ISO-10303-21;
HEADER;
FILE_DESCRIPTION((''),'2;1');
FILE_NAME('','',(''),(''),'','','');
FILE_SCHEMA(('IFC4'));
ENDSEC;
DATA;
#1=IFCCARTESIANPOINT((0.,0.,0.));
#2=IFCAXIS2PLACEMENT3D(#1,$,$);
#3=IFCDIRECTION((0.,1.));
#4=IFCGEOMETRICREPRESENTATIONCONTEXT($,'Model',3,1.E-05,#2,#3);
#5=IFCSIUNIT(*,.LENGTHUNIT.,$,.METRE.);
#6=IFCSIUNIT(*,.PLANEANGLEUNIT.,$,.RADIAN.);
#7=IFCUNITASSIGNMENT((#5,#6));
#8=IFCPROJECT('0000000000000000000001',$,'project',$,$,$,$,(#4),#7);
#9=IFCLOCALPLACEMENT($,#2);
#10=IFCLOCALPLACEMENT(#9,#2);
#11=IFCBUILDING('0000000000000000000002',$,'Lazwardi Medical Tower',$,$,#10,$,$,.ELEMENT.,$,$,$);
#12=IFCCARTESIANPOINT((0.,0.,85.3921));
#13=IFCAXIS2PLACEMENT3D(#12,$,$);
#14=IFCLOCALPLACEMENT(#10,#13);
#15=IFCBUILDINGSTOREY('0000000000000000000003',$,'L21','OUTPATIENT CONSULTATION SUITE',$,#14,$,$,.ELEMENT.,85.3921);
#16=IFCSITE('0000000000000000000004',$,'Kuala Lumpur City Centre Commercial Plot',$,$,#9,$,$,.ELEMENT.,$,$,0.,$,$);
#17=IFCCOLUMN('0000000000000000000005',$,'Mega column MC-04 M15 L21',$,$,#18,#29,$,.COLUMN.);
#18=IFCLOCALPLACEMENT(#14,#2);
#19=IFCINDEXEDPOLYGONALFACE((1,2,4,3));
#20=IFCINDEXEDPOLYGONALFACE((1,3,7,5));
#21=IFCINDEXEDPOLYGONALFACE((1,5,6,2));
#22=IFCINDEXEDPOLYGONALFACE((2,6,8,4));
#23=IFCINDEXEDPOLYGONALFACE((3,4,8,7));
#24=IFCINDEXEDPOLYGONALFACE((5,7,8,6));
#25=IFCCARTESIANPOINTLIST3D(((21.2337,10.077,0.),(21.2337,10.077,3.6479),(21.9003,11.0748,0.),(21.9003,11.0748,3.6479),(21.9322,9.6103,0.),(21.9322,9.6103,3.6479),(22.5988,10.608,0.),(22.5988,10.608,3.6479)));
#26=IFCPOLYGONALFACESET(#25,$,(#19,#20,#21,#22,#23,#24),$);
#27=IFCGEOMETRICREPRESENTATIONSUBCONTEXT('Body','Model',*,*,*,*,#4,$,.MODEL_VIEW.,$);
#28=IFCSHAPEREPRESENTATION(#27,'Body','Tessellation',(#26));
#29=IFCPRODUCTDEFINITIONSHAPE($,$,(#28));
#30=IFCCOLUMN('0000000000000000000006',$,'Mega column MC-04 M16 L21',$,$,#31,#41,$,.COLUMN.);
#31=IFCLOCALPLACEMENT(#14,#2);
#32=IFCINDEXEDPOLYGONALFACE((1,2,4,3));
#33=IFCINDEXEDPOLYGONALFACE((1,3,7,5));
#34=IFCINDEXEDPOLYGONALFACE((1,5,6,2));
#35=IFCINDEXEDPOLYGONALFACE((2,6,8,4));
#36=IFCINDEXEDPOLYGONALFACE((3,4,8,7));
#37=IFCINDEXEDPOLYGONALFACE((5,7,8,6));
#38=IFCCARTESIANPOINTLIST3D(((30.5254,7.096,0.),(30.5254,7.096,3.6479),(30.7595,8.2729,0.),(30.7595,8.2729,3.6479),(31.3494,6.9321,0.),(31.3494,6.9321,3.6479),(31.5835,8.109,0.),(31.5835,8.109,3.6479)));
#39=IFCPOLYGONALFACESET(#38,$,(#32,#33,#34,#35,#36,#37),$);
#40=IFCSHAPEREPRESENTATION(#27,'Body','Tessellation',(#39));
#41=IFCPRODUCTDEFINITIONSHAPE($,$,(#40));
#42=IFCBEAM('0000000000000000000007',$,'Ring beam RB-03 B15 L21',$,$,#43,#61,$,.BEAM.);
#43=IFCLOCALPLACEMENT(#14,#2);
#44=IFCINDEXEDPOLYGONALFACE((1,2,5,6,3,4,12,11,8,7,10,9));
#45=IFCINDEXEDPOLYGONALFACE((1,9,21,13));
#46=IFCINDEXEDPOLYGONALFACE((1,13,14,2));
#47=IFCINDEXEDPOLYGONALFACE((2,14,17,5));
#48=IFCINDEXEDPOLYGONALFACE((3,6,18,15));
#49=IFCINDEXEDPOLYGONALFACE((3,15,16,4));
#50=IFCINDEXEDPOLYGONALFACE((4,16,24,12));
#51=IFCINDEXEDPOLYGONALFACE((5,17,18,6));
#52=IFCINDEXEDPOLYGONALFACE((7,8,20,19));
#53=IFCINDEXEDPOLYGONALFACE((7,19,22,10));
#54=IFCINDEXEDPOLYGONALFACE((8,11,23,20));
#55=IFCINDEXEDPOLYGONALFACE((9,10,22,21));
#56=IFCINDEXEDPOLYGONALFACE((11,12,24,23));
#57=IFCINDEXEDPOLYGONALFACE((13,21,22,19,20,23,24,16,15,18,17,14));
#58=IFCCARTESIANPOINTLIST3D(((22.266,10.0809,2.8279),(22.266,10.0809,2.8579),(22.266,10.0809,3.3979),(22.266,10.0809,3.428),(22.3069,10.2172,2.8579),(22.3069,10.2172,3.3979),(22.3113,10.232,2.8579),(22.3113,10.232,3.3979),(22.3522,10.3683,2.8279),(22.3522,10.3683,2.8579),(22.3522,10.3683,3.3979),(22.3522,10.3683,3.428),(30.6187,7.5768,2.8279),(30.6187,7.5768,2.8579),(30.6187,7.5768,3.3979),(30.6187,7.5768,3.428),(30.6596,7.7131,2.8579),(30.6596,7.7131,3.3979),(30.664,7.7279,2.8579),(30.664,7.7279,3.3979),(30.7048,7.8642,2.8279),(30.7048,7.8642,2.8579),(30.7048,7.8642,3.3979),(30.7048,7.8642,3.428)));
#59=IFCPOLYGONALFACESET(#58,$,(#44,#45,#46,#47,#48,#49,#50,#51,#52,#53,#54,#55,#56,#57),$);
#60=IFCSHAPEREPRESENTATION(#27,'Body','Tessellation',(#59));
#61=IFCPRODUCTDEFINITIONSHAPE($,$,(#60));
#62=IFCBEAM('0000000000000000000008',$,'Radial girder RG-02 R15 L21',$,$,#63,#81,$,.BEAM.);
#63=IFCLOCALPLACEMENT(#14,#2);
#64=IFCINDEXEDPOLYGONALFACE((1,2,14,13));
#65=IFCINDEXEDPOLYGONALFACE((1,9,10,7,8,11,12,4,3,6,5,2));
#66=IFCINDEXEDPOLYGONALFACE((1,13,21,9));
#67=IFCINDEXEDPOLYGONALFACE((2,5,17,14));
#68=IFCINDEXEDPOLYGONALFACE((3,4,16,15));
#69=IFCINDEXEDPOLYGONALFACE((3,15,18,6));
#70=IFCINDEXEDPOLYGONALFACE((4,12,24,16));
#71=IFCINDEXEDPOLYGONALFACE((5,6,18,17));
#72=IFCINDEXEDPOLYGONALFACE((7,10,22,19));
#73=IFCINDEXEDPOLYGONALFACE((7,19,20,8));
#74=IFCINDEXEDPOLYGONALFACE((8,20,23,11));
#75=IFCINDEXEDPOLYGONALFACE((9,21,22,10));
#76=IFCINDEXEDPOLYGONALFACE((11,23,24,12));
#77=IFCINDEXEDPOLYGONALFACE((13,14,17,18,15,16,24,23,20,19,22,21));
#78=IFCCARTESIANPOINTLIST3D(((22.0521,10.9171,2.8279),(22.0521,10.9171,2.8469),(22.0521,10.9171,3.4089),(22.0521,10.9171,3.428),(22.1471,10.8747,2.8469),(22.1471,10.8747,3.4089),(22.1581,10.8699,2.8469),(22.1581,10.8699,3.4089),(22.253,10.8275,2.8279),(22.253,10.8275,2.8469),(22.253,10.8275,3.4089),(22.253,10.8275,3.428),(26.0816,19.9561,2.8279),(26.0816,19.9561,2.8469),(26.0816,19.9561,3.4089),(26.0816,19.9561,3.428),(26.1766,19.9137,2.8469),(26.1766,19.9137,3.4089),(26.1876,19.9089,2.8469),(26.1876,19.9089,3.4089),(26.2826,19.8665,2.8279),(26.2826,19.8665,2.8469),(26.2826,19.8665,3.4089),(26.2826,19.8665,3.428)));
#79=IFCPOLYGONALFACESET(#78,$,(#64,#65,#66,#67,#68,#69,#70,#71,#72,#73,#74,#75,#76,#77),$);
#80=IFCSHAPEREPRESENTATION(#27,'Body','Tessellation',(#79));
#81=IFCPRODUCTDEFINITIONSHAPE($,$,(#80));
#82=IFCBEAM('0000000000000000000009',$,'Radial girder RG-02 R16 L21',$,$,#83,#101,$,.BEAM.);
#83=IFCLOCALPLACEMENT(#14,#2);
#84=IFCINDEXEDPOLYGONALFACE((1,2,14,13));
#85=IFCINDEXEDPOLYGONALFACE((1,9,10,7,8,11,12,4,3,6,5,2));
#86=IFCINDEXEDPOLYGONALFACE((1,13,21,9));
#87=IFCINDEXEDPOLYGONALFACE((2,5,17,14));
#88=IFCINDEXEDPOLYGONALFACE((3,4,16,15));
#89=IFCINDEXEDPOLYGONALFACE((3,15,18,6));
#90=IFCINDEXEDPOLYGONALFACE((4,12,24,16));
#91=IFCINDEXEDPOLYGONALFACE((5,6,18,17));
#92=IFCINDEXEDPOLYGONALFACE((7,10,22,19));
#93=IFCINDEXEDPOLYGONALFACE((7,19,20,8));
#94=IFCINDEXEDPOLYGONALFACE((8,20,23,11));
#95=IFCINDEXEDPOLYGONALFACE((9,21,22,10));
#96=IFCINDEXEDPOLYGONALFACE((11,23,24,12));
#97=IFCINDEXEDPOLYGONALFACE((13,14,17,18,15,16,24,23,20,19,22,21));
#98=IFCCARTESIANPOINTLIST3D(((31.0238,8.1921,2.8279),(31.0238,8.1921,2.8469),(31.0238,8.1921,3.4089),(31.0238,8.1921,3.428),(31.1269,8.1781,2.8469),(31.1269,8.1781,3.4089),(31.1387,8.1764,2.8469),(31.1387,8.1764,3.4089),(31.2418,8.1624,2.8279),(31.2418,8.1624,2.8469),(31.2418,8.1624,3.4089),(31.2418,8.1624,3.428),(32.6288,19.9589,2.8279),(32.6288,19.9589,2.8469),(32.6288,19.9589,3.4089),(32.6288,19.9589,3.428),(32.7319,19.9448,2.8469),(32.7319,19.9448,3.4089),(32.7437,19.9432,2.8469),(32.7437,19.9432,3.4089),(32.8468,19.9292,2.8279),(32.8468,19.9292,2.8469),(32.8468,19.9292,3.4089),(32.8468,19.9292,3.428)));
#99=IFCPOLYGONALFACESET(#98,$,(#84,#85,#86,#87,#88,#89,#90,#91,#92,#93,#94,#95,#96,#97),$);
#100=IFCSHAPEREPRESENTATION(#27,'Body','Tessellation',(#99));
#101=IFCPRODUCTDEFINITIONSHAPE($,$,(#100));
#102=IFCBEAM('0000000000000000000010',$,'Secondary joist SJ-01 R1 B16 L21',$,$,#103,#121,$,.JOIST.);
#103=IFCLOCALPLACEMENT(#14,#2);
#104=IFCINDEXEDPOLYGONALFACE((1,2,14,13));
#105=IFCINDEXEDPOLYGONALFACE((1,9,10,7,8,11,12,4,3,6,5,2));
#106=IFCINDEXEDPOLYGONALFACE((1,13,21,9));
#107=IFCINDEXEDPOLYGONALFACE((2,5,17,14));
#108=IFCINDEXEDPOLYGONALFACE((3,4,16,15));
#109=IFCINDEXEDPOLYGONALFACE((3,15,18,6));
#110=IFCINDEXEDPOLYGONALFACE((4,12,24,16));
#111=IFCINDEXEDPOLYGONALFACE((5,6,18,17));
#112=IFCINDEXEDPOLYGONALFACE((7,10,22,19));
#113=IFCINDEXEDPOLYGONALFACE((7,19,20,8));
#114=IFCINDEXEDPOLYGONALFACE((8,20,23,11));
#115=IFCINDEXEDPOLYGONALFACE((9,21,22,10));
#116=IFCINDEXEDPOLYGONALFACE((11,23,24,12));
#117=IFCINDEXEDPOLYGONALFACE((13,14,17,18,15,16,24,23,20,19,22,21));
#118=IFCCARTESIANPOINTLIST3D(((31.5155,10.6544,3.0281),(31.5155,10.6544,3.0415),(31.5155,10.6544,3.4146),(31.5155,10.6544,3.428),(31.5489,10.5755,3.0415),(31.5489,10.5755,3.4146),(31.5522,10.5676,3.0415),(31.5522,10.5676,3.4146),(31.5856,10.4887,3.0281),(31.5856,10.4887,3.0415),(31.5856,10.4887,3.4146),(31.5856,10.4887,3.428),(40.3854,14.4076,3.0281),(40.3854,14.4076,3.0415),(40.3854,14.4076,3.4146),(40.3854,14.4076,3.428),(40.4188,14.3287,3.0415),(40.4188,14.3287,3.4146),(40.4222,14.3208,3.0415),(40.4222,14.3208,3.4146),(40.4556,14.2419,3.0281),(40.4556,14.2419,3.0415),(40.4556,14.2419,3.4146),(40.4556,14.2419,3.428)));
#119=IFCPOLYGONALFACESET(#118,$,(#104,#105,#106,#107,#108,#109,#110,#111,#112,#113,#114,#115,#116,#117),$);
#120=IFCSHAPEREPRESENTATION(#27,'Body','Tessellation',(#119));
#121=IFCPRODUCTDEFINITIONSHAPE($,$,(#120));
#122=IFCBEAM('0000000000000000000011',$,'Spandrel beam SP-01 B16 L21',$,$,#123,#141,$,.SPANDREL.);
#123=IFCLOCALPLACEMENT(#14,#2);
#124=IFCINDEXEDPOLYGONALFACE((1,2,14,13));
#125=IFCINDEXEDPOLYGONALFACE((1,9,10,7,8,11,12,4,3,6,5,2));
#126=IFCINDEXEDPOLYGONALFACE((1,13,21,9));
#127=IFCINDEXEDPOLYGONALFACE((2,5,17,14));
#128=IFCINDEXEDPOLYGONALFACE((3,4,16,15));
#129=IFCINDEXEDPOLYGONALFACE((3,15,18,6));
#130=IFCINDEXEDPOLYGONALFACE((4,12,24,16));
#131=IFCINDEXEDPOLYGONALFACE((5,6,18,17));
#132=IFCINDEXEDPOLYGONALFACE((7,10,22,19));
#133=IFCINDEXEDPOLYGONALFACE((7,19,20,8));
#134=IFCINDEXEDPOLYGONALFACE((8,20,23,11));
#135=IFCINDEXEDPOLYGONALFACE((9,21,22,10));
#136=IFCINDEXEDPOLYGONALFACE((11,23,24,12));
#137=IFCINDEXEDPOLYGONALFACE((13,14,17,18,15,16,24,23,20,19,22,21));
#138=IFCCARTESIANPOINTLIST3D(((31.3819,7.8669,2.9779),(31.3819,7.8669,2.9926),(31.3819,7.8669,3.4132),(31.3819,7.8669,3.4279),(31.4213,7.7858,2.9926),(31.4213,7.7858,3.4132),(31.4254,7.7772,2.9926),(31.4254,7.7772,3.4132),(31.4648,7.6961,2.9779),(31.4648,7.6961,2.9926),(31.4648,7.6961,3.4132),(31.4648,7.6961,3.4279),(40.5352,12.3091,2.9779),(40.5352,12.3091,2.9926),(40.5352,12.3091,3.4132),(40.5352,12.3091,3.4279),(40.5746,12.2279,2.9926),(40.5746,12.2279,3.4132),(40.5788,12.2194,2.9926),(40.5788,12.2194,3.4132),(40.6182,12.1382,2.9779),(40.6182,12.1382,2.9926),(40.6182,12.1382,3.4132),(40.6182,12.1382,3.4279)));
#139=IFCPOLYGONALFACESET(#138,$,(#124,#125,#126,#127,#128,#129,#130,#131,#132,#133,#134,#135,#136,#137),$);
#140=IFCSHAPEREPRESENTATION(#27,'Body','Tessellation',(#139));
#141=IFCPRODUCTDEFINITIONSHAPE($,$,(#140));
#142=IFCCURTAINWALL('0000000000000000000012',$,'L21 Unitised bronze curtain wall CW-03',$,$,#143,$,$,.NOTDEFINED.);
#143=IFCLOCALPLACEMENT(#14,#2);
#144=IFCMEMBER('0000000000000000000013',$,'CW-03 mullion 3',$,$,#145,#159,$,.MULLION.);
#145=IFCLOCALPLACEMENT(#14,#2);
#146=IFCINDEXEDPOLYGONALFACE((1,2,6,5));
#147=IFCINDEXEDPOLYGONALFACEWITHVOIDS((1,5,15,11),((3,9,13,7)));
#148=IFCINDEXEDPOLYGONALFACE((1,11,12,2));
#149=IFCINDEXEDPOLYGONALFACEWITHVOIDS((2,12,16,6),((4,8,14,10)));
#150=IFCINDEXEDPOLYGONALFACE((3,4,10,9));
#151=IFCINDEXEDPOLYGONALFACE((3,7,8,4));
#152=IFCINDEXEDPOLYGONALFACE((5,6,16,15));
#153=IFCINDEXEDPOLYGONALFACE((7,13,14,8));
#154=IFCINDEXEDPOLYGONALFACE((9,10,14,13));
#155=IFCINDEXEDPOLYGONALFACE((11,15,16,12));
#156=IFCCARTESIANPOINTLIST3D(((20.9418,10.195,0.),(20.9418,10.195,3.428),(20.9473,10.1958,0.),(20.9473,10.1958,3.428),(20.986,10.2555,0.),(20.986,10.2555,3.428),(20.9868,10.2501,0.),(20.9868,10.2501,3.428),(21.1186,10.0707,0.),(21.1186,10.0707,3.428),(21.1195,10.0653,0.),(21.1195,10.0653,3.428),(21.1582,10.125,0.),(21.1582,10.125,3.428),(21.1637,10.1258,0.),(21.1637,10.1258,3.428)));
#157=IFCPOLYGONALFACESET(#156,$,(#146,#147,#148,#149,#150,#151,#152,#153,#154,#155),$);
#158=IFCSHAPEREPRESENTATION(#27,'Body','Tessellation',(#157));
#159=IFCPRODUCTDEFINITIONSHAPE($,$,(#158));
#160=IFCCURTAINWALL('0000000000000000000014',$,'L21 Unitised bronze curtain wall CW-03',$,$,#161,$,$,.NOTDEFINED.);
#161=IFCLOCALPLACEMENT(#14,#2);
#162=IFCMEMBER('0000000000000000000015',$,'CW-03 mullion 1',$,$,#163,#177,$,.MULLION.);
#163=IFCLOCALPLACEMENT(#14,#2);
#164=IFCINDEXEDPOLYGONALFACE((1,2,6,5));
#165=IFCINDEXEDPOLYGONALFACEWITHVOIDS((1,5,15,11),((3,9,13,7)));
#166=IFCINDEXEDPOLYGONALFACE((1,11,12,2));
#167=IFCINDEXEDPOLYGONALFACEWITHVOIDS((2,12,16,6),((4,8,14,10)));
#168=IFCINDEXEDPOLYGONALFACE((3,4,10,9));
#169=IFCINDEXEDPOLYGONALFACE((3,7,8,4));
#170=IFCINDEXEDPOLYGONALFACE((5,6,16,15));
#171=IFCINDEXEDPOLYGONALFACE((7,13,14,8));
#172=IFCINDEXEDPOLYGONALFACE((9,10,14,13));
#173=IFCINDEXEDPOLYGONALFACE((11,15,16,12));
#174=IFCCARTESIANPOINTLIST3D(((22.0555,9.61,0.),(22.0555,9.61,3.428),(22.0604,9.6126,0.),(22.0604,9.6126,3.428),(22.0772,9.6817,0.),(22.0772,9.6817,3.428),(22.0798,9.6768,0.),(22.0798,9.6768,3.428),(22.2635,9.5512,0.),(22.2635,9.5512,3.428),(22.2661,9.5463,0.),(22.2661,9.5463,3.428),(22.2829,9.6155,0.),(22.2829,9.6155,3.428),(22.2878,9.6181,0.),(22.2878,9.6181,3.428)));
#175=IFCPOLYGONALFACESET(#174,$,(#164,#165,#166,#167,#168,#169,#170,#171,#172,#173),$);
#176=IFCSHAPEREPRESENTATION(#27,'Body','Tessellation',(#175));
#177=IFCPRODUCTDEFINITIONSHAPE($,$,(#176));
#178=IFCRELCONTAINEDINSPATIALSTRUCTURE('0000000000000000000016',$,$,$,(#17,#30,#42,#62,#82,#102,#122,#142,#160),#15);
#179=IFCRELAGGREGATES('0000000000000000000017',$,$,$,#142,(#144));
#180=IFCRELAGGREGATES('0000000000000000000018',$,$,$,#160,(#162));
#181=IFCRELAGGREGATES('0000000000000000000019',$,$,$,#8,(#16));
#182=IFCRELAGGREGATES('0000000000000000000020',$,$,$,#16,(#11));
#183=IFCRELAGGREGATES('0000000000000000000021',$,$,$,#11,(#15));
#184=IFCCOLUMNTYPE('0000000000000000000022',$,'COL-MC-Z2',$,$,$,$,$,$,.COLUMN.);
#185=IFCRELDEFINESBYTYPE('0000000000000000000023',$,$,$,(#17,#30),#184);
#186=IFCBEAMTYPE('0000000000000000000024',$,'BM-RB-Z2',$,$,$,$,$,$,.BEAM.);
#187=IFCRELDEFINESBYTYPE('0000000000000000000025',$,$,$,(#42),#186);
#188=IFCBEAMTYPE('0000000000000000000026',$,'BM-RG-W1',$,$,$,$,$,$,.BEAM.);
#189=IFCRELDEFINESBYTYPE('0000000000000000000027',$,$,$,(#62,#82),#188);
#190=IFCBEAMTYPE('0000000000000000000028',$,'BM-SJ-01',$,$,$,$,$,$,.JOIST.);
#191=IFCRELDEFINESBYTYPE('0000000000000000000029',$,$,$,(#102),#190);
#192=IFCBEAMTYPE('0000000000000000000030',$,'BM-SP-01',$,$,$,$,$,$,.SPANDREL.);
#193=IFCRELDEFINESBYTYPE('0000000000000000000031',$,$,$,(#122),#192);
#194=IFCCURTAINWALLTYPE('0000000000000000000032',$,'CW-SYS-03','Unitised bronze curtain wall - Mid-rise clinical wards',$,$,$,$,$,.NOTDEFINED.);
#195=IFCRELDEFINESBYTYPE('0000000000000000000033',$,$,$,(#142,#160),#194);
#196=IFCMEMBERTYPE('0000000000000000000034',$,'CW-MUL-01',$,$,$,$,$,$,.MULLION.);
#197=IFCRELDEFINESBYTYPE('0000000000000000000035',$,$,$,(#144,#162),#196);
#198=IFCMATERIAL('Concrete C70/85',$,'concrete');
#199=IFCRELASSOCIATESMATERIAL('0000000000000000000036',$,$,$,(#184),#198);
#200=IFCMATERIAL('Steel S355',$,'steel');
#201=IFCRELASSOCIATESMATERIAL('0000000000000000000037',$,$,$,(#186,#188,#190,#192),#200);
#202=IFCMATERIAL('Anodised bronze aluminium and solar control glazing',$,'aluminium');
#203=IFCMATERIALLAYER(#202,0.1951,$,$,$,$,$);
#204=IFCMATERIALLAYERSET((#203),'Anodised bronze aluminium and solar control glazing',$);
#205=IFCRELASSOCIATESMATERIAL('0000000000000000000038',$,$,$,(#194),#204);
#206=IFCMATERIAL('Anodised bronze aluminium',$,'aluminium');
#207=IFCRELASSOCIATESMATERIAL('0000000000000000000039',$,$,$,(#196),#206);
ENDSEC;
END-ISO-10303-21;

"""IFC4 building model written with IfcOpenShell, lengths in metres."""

from ifc_helpers import new_model, si_unit, direction, frame, origin, origin_2d, place, context, subcontext, project, spatial, rectangle, hollow_rectangle, i_section, extrude, material, layer, layer_set, material_profile, profile_set, type_object, element, aggregate, save


model = new_model("IFC4")

# Units and contexts
model_context = context("Model", 3, precision=1e-05, world=origin(), true_north=direction((0.0, 1.0)))
body_context = subcontext(model_context, "Body", "Model", "MODEL_VIEW")
ifc_project = project(units=[si_unit("LENGTHUNIT", "METRE"), si_unit("PLANEANGLEUNIT", "RADIAN")], contexts=[model_context])

# Site, building, storey
site_placement = place(None, origin())
site = spatial("IfcSite", under=ifc_project, at=site_placement, Name="Kuala Lumpur City Centre Commercial Plot", CompositionType="ELEMENT", RefElevation=0.0)
building_placement = place(site_placement, origin())
building = spatial("IfcBuilding", under=site, at=building_placement, Name="Lazwardi Medical Tower", CompositionType="ELEMENT")
storey_placement = place(building_placement, frame((0.0, 0.0, 85.3921)))
storey = spatial("IfcBuildingStorey", under=building, at=storey_placement, Name="L21", Description="OUTPATIENT CONSULTATION SUITE", CompositionType="ELEMENT", Elevation=85.3921)

# Columns
ifc_material_1 = material(Name="Concrete C70/85", Category="concrete")
ifc_material_profile_1 = material_profile(ifc_material_1, rectangle(XDim=1.2, YDim=0.8401, at=origin_2d()), Name="CFT-RECT 1200x840")
ifc_profile_set_1 = profile_set([ifc_material_profile_1], Name="Concrete C70/85")
column_type = type_object("IfcColumnType", Name="COL-MC-Z2", PredefinedType="COLUMN", material=ifc_profile_set_1)
for number, where, z_axis, x_axis, name in (
    (1, (21.9163, 10.3425, 0.0), (0.0, 0.0, 1.0), (-0.55557, -0.83147, 0.0), "Mega column MC-04 M15 L21"),
    (2, (31.0544, 7.6025, 0.0), (0.0, 0.0, 1.0), (-0.19509, -0.980785, 0.0), "Mega column MC-04 M16 L21"),
):
    element("IfcColumn", number, at=place(storey_placement, frame(where, z_axis=z_axis, x_axis=x_axis)), inside=storey, type_object=column_type, Name=name, PredefinedType="COLUMN", context=body_context, shape_type="SweptSolid", body=[
        extrude(rectangle(XDim=1.2, YDim=0.8401, at=origin_2d()), origin(), (0.0, 0.0, 1.0), 3.6479),
    ])

# Beams
ifc_material_2 = material(Name="Steel S355", Category="steel")
ifc_material_profile_2 = material_profile(ifc_material_2, i_section(OverallWidth=0.3, OverallDepth=0.6001, WebThickness=0.0154, FlangeThickness=0.03, at=origin_2d()), Name="HEB 600")
ifc_profile_set_2 = profile_set([ifc_material_profile_2], Name="Steel S355")
beam_type_1 = type_object("IfcBeamType", Name="BM-RB-Z2", PredefinedType="BEAM", material=ifc_profile_set_2)
beam_1_placement = place(storey_placement, frame((22.3091, 10.2246, 3.1279), z_axis=(0.957879, -0.287171, 0.0), x_axis=(0.287171, 0.957879, 0.0)))
element("IfcBeam", 3, at=beam_1_placement, inside=storey, type_object=beam_type_1, Name="Ring beam RB-03 B15 L21", PredefinedType="BEAM", context=body_context, shape_type="SweptSolid", body=[
    extrude(i_section(OverallWidth=0.3, OverallDepth=0.6001, WebThickness=0.0154, FlangeThickness=0.03, at=origin_2d()), origin(), (0.0, 0.0, 1.0), 8.72),
])
ifc_material_profile_3 = material_profile(ifc_material_2, i_section(OverallWidth=0.22, OverallDepth=0.6001, WebThickness=0.012, FlangeThickness=0.019, at=origin_2d()), Name="IPE 600")
ifc_profile_set_3 = profile_set([ifc_material_profile_3], Name="Steel S355")
beam_type_2 = type_object("IfcBeamType", Name="BM-RG-W1", PredefinedType="BEAM", material=ifc_profile_set_3)
beam_2_placement = place(storey_placement, frame((22.1526, 10.8723, 3.1279), z_axis=(0.407166, 0.913354, 0.0), x_axis=(-0.913354, 0.407166, 0.0)))
element("IfcBeam", 4, at=beam_2_placement, inside=storey, type_object=beam_type_2, Name="Radial girder RG-02 R15 L21", PredefinedType="BEAM", context=body_context, shape_type="SweptSolid", body=[
    extrude(i_section(OverallWidth=0.22, OverallDepth=0.6001, WebThickness=0.012, FlangeThickness=0.019, at=origin_2d()), origin(), (0.0, 0.0, 1.0), 9.8965),
])
beam_3_placement = place(storey_placement, frame((31.1328, 8.1772, 3.1279), z_axis=(0.135147, 0.990826, 0.0), x_axis=(-0.990826, 0.135147, 0.0)))
element("IfcBeam", 5, at=beam_3_placement, inside=storey, type_object=beam_type_2, Name="Radial girder RG-02 R16 L21", PredefinedType="BEAM", context=body_context, shape_type="SweptSolid", body=[
    extrude(i_section(OverallWidth=0.22, OverallDepth=0.6001, WebThickness=0.012, FlangeThickness=0.019, at=origin_2d()), origin(), (0.0, 0.0, 1.0), 11.8757),
])
ifc_material_profile_4 = material_profile(ifc_material_2, i_section(OverallWidth=0.1799, OverallDepth=0.3999, WebThickness=0.0085, FlangeThickness=0.0134, at=origin_2d()), Name="IPE 400")
ifc_profile_set_4 = profile_set([ifc_material_profile_4], Name="Steel S355")
beam_type_3 = type_object("IfcBeamType", Name="BM-SJ-01", PredefinedType="JOIST", material=ifc_profile_set_4)
beam_4_placement = place(storey_placement, frame((31.5505, 10.5715, 3.228), z_axis=(0.920947, 0.389687, 0.0), x_axis=(-0.389687, 0.920947, 0.0)))
element("IfcBeam", 6, at=beam_4_placement, inside=storey, type_object=beam_type_3, Name="Secondary joist SJ-01 R1 B16 L21", PredefinedType="JOIST", context=body_context, shape_type="SweptSolid", body=[
    extrude(i_section(OverallWidth=0.1799, OverallDepth=0.3999, WebThickness=0.0085, FlangeThickness=0.0134, at=origin_2d()), origin(), (0.0, 0.0, 1.0), 9.6313),
])
ifc_material_profile_5 = material_profile(ifc_material_2, i_section(OverallWidth=0.1899, OverallDepth=0.45, WebThickness=0.0095, FlangeThickness=0.0146, at=origin_2d()), Name="IPE 450")
ifc_profile_set_5 = profile_set([ifc_material_profile_5], Name="Steel S355")
beam_type_4 = type_object("IfcBeamType", Name="BM-SP-01", PredefinedType="SPANDREL", material=ifc_profile_set_5)
beam_5_placement = place(storey_placement, frame((31.4233, 7.7815, 3.2029), z_axis=(0.899653, 0.436605, 0.0), x_axis=(-0.436605, 0.899653, 0.0)))
element("IfcBeam", 7, at=beam_5_placement, inside=storey, type_object=beam_type_4, Name="Spandrel beam SP-01 B16 L21", PredefinedType="SPANDREL", context=body_context, shape_type="SweptSolid", body=[
    extrude(i_section(OverallWidth=0.1899, OverallDepth=0.45, WebThickness=0.0095, FlangeThickness=0.0146, at=origin_2d()), origin(), (0.0, 0.0, 1.0), 10.1743),
])

# Curtain wall, member
ifc_material_3 = material(Name="Anodised bronze aluminium and solar control glazing", Category="aluminium")
ifc_layer_1 = layer(ifc_material_3, 0.1951)
ifc_layer_set_1 = layer_set([ifc_layer_1], Name="Anodised bronze aluminium and solar control glazing")
curtain_wall_type = type_object("IfcCurtainWallType", Name="CW-SYS-03", Description="Unitised bronze curtain wall - Mid-rise clinical wards", PredefinedType="NOTDEFINED", material=ifc_layer_set_1)
curtain_wall_1_placement = place(storey_placement, origin())
curtain_wall_1 = element("IfcCurtainWall", 8, at=curtain_wall_1_placement, inside=storey, type_object=curtain_wall_type, Name="L21 Unitised bronze curtain wall CW-03", PredefinedType="NOTDEFINED")
ifc_material_4 = material(Name="Anodised bronze aluminium", Category="aluminium")
ifc_material_profile_6 = material_profile(ifc_material_4, hollow_rectangle(XDim=0.075, YDim=0.22, WallThickness=0.0039, at=origin_2d()), Name="ALU-MULLION 220x75x4")
ifc_profile_set_6 = profile_set([ifc_material_profile_6], Name="Anodised bronze aluminium")
member_type_1 = type_object("IfcMemberType", Name="CW-MUL-01", PredefinedType="MULLION", material=ifc_profile_set_6)
member_1_placement = place(storey_placement, frame((21.0527, 10.1604, 0.0), z_axis=(0.0, 0.0, 1.0), x_axis=(0.589531, 0.807746, 0.0)))
member_1 = element("IfcMember", 9, at=member_1_placement, type_object=member_type_1, Name="CW-03 mullion 3", PredefinedType="MULLION", context=body_context, shape_type="SweptSolid", body=[
    extrude(hollow_rectangle(XDim=0.075, YDim=0.22, WallThickness=0.0039, at=origin_2d()), origin(), (0.0, 0.0, 1.0), 3.428),
])
aggregate(curtain_wall_1, [member_1])

# Curtain wall, member
curtain_wall_2_placement = place(storey_placement, origin())
curtain_wall_2 = element("IfcCurtainWall", 10, at=curtain_wall_2_placement, inside=storey, type_object=curtain_wall_type, Name="L21 Unitised bronze curtain wall CW-03", PredefinedType="NOTDEFINED")
member_2_placement = place(storey_placement, frame((22.1716, 9.614, 0.0), z_axis=(0.0, 0.0, 1.0), x_axis=(0.289374, 0.957216, 0.0)))
member_2 = element("IfcMember", 11, at=member_2_placement, type_object=member_type_1, Name="CW-03 mullion 1", PredefinedType="MULLION", context=body_context, shape_type="SweptSolid", body=[
    extrude(hollow_rectangle(XDim=0.075, YDim=0.22, WallThickness=0.0039, at=origin_2d()), origin(), (0.0, 0.0, 1.0), 3.428),
])
aggregate(curtain_wall_2, [member_2])

save(model, "model.ifc")
